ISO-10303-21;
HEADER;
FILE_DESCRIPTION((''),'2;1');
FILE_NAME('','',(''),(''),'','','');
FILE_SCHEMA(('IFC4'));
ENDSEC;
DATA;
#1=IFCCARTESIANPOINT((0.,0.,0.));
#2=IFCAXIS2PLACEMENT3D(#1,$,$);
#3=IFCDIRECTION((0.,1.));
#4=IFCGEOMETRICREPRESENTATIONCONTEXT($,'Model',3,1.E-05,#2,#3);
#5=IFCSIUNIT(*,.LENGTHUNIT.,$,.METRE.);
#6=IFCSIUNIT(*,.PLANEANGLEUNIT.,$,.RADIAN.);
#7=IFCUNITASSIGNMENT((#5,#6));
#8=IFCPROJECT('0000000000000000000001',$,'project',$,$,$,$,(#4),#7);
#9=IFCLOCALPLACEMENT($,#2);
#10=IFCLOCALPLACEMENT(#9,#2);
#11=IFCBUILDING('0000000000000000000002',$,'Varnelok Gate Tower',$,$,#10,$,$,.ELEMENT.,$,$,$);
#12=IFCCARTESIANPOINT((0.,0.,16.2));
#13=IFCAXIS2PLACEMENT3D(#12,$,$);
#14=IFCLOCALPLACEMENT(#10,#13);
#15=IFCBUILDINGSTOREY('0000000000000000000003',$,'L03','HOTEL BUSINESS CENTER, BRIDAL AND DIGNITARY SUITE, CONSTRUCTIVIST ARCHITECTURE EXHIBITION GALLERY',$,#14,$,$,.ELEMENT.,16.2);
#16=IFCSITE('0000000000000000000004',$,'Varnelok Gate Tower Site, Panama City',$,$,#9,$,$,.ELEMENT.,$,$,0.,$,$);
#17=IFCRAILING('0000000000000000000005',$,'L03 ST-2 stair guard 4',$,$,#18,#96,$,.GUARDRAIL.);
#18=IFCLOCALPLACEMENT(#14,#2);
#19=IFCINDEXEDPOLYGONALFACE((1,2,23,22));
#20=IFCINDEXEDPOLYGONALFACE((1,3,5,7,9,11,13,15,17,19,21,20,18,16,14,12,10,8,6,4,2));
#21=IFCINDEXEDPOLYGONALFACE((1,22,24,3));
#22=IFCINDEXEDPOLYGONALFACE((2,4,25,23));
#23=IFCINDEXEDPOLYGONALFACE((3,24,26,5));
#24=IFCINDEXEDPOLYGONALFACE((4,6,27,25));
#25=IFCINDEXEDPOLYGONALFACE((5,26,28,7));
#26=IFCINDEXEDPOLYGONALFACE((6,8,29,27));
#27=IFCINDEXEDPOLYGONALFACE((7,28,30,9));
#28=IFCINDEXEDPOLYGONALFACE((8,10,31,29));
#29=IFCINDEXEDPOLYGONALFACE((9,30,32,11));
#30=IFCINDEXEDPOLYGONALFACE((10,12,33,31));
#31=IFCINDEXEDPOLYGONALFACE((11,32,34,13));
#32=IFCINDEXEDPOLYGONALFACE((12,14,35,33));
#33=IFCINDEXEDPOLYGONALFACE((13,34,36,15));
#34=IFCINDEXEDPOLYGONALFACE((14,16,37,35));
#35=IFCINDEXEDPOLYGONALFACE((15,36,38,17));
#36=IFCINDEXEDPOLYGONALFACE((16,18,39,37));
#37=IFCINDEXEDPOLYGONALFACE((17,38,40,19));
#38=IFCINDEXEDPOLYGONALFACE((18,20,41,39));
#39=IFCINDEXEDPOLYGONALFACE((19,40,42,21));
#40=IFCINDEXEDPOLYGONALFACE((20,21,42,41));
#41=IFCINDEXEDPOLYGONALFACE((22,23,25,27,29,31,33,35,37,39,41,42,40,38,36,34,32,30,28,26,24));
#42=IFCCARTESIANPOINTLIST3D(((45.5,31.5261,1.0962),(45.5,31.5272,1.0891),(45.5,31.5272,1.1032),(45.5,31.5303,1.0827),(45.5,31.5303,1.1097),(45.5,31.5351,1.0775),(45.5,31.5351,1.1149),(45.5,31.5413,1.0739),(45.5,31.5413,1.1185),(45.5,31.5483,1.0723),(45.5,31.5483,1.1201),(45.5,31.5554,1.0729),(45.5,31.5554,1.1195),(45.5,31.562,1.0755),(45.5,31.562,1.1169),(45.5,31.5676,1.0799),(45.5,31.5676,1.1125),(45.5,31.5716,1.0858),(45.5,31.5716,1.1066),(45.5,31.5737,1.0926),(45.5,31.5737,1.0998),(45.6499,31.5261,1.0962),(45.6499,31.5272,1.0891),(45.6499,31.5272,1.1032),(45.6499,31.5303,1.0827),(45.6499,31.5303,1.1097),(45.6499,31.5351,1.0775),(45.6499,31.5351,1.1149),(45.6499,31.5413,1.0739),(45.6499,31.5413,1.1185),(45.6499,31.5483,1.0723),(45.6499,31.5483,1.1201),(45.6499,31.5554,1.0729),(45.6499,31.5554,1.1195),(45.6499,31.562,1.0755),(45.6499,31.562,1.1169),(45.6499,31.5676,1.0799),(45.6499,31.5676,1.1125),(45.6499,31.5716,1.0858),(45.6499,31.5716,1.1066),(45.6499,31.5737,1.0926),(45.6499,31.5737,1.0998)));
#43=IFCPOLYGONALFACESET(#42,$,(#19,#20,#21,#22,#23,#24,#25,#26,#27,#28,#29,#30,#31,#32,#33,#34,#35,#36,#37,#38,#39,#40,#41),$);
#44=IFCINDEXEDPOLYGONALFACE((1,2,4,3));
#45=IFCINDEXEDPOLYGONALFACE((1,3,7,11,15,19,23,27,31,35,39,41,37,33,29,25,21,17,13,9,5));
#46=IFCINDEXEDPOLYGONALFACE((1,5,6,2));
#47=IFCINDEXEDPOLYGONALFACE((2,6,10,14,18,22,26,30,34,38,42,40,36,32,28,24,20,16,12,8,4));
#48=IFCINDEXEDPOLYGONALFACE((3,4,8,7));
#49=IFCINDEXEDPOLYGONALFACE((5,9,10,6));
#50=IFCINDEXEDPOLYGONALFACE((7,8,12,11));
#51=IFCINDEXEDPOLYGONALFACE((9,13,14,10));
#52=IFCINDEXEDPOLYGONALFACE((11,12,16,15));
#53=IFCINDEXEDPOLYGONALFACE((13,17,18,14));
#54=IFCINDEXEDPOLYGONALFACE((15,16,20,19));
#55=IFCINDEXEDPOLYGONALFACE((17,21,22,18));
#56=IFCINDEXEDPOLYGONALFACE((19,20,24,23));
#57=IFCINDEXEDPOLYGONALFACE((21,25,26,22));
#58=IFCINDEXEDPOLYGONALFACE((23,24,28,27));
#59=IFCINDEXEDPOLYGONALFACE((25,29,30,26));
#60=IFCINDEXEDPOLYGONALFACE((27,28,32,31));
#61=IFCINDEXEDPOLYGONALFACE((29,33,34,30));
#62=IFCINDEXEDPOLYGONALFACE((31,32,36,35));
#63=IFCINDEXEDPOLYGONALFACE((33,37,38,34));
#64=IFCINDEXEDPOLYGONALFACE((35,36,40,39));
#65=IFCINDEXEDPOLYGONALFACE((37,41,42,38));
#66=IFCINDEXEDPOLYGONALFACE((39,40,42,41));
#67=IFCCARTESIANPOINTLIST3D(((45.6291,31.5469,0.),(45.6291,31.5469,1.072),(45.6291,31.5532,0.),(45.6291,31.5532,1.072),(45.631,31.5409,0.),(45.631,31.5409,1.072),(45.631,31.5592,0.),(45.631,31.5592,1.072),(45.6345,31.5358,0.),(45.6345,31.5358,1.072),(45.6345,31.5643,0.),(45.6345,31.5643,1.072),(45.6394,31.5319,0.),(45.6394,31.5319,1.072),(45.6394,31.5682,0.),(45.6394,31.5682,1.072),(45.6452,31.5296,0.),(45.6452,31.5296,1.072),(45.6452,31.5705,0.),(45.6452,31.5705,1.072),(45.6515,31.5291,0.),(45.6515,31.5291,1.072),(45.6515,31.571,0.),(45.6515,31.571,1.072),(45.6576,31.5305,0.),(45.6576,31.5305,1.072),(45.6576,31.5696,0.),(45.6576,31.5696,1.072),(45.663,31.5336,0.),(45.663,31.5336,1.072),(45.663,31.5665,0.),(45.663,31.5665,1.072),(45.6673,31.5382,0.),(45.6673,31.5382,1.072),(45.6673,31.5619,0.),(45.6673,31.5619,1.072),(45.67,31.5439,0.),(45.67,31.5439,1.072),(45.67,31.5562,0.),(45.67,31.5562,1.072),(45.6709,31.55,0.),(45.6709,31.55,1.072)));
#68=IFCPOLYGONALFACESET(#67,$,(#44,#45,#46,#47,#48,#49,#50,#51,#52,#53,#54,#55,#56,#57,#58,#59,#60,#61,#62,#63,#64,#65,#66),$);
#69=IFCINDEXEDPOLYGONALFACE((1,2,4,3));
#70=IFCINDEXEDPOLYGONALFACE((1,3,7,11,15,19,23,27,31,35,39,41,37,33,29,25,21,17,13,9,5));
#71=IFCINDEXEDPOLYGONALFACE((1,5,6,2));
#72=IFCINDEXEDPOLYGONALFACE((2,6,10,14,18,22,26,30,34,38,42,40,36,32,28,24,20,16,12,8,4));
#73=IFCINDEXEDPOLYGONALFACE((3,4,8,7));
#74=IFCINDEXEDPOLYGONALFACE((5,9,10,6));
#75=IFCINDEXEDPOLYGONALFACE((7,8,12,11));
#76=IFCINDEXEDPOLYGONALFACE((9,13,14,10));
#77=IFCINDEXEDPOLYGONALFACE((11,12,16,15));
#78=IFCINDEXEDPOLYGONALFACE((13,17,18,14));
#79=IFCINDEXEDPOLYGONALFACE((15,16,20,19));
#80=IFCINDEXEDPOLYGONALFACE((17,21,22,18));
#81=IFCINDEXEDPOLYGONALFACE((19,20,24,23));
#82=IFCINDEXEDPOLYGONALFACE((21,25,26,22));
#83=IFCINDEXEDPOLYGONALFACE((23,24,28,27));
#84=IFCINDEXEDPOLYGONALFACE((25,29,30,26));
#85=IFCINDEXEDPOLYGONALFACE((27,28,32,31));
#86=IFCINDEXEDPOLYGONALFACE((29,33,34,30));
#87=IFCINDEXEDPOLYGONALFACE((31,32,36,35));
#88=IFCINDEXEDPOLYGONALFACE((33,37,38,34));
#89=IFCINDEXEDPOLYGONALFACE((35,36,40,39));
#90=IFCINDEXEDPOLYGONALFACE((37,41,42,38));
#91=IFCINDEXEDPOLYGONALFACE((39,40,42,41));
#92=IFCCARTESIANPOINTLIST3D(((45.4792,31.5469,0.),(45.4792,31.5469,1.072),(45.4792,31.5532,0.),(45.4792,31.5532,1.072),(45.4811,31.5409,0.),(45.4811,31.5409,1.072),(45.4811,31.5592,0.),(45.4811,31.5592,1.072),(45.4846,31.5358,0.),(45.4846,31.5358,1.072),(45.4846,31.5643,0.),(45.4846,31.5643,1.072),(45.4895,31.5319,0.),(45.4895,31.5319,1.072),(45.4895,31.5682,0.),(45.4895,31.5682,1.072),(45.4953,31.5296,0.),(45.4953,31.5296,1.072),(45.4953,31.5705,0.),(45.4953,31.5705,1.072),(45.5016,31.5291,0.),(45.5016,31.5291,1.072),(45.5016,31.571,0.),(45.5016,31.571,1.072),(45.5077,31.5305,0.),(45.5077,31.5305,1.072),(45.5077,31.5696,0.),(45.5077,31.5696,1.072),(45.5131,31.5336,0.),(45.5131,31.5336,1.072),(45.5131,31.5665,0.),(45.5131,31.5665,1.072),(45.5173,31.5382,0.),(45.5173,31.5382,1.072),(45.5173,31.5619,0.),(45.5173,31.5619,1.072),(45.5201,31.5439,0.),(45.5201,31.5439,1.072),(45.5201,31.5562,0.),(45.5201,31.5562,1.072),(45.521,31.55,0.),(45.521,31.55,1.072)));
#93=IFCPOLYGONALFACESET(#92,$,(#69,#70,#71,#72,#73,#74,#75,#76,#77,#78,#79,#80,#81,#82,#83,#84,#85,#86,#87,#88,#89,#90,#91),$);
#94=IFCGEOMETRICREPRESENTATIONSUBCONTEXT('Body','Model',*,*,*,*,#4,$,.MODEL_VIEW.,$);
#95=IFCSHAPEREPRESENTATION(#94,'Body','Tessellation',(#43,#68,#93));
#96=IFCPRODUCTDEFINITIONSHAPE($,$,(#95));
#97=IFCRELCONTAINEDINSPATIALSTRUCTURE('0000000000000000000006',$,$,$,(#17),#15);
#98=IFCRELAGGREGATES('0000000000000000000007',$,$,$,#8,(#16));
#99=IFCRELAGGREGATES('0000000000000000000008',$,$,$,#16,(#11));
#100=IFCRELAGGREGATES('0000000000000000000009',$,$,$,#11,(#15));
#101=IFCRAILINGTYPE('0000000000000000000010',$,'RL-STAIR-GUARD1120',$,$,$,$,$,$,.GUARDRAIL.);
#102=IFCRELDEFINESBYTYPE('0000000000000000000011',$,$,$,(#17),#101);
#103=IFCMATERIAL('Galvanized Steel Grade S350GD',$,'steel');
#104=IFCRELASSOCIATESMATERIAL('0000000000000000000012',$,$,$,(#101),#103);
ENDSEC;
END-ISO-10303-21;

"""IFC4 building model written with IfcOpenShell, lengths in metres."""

from ifc_helpers import new_model, si_unit, direction, frame, origin, origin_2d, place, context, subcontext, project, spatial, circle, extrude, material, type_object, element, save


model = new_model("IFC4")

# Units and contexts
model_context = context("Model", 3, precision=1e-05, world=origin(), true_north=direction((0.0, 1.0)))
body_context = subcontext(model_context, "Body", "Model", "MODEL_VIEW")
ifc_project = project(units=[si_unit("LENGTHUNIT", "METRE"), si_unit("PLANEANGLEUNIT", "RADIAN")], contexts=[model_context])

# Site, building, storey
site_placement = place(None, origin())
site = spatial("IfcSite", under=ifc_project, at=site_placement, Name="Varnelok Gate Tower Site, Panama City", CompositionType="ELEMENT", RefElevation=0.0)
building_placement = place(site_placement, origin())
building = spatial("IfcBuilding", under=site, at=building_placement, Name="Varnelok Gate Tower", CompositionType="ELEMENT")
storey_placement = place(building_placement, frame((0.0, 0.0, 16.2)))
storey = spatial("IfcBuildingStorey", under=building, at=storey_placement, Name="L03", Description="HOTEL BUSINESS CENTER, BRIDAL AND DIGNITARY SUITE, CONSTRUCTIVIST ARCHITECTURE EXHIBITION GALLERY", CompositionType="ELEMENT", Elevation=16.2)

# Shared definitions
ifc_material_1 = material(Name="Galvanized Steel Grade S350GD", Category="steel")

# Railing
railing_type_1 = type_object("IfcRailingType", Name="RL-STAIR-GUARD1120", PredefinedType="GUARDRAIL", material=ifc_material_1)
railing_1_placement = place(storey_placement, frame((45.6499, 31.55, 0.0)))
element("IfcRailing", 1, at=railing_1_placement, inside=storey, type_object=railing_type_1, Name="L03 ST-2 stair guard 4", PredefinedType="GUARDRAIL", context=body_context, shape_type="SweptSolid", body=[
    extrude(circle(Radius=0.0239, at=origin_2d()), frame((0.0, 0.0, 1.0962), z_axis=(-1.0, 0.0, 0.0), x_axis=(0.0, -1.0, 0.0)), (0.0, 0.0, 1.0), 0.1499),
    extrude(circle(Radius=0.021, at=origin_2d()), origin(), (0.0, 0.0, 1.0), 1.072),
    extrude(circle(Radius=0.021, at=origin_2d()), frame((-0.1499, 0.0, 0.0)), (0.0, 0.0, 1.0), 1.072),
])

save(model, "model.ifc")
